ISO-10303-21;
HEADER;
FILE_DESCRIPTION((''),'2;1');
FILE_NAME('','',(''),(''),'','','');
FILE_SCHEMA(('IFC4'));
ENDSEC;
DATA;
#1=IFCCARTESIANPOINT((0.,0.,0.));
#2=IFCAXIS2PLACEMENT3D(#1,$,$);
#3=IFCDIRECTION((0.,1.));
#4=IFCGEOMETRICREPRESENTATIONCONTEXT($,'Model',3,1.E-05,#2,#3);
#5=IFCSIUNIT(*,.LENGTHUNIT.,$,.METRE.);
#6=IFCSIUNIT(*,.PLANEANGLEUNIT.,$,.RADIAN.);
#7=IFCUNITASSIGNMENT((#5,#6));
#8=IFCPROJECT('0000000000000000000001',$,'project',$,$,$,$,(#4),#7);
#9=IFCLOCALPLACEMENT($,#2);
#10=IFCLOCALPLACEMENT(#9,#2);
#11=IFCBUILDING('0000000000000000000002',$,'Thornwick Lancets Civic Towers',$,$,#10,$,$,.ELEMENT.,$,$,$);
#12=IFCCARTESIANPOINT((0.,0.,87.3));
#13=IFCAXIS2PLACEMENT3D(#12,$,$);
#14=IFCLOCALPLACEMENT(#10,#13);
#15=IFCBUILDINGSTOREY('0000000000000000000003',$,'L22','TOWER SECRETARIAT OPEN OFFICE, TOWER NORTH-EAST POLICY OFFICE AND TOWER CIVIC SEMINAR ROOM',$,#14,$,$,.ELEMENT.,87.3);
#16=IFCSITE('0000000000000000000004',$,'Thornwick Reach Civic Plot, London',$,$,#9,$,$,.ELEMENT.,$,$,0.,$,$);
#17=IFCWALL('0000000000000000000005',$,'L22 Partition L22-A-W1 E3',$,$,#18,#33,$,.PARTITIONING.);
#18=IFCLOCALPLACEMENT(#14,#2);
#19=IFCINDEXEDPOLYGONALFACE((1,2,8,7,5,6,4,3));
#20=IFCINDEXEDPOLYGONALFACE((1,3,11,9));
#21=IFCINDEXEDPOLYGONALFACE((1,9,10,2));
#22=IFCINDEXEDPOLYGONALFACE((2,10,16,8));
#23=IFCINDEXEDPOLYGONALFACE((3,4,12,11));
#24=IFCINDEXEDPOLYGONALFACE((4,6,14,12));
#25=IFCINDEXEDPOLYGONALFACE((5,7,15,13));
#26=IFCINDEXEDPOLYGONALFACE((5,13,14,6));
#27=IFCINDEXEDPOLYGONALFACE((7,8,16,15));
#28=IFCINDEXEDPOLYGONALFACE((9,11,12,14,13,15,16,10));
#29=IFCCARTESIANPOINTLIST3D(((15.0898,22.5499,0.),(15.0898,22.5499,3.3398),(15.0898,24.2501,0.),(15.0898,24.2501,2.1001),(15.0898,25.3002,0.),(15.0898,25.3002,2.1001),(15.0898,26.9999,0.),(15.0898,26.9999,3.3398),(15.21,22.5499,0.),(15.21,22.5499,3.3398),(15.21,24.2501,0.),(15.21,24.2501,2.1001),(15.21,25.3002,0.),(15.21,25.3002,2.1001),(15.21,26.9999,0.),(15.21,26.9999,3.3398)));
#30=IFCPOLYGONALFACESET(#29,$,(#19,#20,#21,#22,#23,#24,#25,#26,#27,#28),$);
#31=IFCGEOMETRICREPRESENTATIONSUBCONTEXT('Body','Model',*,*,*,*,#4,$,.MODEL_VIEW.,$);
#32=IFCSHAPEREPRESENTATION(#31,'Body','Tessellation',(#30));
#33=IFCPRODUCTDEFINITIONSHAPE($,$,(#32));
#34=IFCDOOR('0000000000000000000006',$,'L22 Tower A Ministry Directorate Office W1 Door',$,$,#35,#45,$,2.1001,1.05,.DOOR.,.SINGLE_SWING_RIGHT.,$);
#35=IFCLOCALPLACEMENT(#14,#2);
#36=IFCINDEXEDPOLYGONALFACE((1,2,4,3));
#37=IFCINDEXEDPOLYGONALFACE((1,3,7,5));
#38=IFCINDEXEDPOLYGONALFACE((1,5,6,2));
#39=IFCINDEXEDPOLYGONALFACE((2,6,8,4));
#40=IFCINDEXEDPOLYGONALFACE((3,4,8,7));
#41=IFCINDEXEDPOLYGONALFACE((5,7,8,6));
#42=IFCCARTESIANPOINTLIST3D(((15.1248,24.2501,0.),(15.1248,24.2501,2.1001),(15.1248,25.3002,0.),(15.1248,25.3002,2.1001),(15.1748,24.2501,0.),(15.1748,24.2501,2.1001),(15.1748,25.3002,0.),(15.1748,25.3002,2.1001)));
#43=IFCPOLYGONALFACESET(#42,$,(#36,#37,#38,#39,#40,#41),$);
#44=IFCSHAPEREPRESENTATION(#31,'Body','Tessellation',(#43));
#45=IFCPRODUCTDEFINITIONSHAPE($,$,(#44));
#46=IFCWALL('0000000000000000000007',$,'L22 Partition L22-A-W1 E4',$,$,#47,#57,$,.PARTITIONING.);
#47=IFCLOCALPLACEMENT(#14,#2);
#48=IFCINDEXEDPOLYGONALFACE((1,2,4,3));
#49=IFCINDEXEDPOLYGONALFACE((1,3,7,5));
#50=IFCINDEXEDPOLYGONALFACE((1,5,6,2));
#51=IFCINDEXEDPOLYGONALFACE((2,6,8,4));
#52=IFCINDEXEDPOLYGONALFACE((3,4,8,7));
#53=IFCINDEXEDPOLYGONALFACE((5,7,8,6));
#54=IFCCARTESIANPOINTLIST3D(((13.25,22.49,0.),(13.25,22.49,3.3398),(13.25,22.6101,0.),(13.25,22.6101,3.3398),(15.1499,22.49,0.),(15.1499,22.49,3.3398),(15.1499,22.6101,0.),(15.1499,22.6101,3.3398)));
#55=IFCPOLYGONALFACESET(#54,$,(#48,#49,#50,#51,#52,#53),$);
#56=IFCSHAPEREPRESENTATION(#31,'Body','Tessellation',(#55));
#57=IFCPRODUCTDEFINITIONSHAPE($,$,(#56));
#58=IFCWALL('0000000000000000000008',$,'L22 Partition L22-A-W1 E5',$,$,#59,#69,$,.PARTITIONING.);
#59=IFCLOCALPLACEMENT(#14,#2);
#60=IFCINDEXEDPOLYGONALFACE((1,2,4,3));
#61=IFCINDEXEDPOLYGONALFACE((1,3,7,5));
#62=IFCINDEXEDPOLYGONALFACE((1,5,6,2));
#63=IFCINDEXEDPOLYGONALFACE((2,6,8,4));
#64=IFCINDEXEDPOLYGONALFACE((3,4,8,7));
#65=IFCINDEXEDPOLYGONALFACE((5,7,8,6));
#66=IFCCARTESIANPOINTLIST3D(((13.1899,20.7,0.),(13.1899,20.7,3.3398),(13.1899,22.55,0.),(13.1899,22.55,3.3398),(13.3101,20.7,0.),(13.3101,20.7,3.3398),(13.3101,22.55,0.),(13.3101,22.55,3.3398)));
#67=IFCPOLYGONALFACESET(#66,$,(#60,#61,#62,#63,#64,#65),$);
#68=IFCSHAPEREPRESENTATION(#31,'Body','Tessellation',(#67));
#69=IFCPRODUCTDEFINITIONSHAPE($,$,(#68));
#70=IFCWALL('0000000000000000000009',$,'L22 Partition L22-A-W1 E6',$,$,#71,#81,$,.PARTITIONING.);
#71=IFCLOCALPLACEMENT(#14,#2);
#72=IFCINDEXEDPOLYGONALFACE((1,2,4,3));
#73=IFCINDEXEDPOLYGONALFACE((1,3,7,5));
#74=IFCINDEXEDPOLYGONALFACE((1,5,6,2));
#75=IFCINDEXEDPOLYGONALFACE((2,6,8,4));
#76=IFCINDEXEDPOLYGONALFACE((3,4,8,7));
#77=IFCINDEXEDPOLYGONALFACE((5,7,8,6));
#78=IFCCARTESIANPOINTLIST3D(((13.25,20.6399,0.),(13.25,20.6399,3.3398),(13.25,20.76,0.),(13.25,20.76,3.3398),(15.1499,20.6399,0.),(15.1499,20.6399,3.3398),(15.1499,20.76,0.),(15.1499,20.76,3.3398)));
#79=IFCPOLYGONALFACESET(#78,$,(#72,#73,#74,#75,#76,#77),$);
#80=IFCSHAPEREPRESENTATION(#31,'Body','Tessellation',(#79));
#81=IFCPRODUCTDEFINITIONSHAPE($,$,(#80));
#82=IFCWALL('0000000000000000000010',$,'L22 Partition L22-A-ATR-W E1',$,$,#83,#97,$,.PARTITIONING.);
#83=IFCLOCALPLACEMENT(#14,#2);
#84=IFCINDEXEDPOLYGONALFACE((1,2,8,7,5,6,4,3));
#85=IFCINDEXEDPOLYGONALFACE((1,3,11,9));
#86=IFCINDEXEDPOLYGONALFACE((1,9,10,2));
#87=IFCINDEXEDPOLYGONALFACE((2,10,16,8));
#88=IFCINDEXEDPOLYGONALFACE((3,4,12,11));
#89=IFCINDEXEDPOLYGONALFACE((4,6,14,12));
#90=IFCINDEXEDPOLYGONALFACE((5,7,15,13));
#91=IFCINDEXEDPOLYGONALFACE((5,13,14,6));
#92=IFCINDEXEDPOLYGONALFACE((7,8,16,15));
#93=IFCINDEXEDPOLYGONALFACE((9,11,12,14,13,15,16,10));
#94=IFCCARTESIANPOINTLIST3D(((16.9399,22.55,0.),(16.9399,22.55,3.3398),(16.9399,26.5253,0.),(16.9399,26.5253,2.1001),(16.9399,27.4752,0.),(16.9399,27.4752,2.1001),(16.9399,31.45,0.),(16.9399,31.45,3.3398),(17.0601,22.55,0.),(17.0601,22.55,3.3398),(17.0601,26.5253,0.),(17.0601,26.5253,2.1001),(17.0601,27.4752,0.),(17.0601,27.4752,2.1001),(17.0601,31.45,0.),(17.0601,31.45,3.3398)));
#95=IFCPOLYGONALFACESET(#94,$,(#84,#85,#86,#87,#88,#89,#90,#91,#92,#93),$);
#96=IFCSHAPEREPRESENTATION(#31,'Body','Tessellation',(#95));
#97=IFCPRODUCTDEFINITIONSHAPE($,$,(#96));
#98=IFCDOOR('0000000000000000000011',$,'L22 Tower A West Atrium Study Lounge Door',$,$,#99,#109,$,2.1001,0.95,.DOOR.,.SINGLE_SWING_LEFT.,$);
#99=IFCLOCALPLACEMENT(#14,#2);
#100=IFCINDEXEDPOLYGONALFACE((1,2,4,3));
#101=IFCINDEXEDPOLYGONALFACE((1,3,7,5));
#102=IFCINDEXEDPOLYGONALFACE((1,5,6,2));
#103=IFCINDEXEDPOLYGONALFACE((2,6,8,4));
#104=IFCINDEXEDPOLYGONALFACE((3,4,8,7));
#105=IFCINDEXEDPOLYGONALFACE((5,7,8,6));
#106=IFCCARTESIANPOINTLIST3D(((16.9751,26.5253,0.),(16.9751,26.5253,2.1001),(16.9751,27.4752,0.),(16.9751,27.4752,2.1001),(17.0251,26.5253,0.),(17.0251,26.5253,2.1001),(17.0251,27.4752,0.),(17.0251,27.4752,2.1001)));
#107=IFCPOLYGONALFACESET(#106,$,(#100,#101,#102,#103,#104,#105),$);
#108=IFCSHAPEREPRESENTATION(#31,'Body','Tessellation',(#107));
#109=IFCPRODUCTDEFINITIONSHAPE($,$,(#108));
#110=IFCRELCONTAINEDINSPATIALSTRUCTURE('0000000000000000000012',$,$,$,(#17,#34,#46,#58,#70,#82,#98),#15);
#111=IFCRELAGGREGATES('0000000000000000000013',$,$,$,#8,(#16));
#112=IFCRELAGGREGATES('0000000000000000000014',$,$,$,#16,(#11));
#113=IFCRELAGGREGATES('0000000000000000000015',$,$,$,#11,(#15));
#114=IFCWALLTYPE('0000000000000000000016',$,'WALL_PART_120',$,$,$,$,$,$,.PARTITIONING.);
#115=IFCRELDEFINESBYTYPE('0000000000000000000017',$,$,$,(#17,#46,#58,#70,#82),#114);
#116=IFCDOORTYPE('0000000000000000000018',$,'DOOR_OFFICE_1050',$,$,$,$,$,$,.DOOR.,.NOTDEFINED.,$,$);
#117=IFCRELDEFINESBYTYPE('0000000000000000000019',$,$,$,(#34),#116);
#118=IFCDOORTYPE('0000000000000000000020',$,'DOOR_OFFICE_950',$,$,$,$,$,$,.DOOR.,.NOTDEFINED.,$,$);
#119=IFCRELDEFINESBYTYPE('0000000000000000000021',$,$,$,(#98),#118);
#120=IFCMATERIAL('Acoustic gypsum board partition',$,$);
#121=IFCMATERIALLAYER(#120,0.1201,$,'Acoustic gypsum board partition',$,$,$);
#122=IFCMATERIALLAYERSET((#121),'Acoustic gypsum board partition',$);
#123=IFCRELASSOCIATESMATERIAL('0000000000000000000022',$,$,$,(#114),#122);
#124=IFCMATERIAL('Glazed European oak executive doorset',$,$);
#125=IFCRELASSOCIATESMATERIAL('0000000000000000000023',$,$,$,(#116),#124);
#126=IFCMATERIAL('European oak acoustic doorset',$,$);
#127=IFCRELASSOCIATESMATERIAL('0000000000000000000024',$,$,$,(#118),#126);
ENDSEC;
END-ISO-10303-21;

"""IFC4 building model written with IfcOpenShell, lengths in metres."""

from ifc_helpers import new_model, si_unit, direction, frame, frame_2d, origin, place, context, subcontext, project, spatial, rectangle, extrude, material, layer, layer_set, type_object, element, fill, save


model = new_model("IFC4")

# Units and contexts
model_context = context("Model", 3, precision=1e-05, world=origin(), true_north=direction((0.0, 1.0)))
body_context = subcontext(model_context, "Body", "Model", "MODEL_VIEW")
ifc_project = project(units=[si_unit("LENGTHUNIT", "METRE"), si_unit("PLANEANGLEUNIT", "RADIAN")], contexts=[model_context])

# Site, building, storey
site_placement = place(None, origin())
site = spatial("IfcSite", under=ifc_project, at=site_placement, Name="Thornwick Reach Civic Plot, London", CompositionType="ELEMENT", RefElevation=0.0)
building_placement = place(site_placement, origin())
building = spatial("IfcBuilding", under=site, at=building_placement, Name="Thornwick Lancets Civic Towers", CompositionType="ELEMENT")
storey_placement = place(building_placement, frame((0.0, 0.0, 87.3)))
storey = spatial("IfcBuildingStorey", under=building, at=storey_placement, Name="L22", Description="TOWER SECRETARIAT OPEN OFFICE, TOWER NORTH-EAST POLICY OFFICE AND TOWER CIVIC SEMINAR ROOM", CompositionType="ELEMENT", Elevation=87.3)

# Shared definitions
ifc_material_1 = material(Name="Acoustic gypsum board partition")
ifc_layer_1 = layer(ifc_material_1, 0.1201, Name="Acoustic gypsum board partition")
ifc_layer_set_1 = layer_set([ifc_layer_1], Name="Acoustic gypsum board partition")
wall_type_1 = type_object("IfcWallType", Name="WALL_PART_120", PredefinedType="PARTITIONING", material=ifc_layer_set_1)

# Wall, opening, door
wall_1_placement = place(storey_placement, frame((15.1499, 27.0, 0.0), z_axis=(0.0, 0.0, 1.0), x_axis=(0.0, -1.0, 0.0)))
wall_1 = element("IfcWall", 1, at=wall_1_placement, inside=storey, type_object=wall_type_1, Name="L22 Partition L22-A-W1 E3", PredefinedType="PARTITIONING", context=body_context, shape_type="SweptSolid", body=[
    extrude(rectangle(XDim=4.45, YDim=0.1201, at=frame_2d((2.2251, 0.0))), origin(), (0.0, 0.0, 1.0), 3.3398),
])
opening_1_placement = place(wall_1_placement, frame((1.7, 0.0, 0.0)))
opening_1 = element("IfcOpeningElement", 2, at=opening_1_placement, cuts=wall_1, PredefinedType="OPENING", context=body_context, shape_type="SweptSolid", body=[
    extrude(rectangle(XDim=1.05, YDim=2.1001, at=frame_2d((0.5249, 1.05))), frame((0.0, 0.0701, 0.0), z_axis=(0.0, -1.0, 0.0), x_axis=(1.0, 0.0, 0.0)), (0.0, 0.0, 1.0), 0.1401),
])
ifc_material_2 = material(Name="Glazed European oak executive doorset")
door_type_1 = type_object("IfcDoorType", Name="DOOR_OFFICE_1050", OperationType="NOTDEFINED", PredefinedType="DOOR", material=ifc_material_2)
door_1_placement = place(opening_1_placement, origin())
door_1 = element("IfcDoor", 3, at=door_1_placement, inside=storey, type_object=door_type_1, Name="L22 Tower A Ministry Directorate Office W1 Door", OperationType="SINGLE_SWING_RIGHT", OverallHeight=2.1001, OverallWidth=1.05, PredefinedType="DOOR", context=body_context, shape_type="SweptSolid", body=[
    extrude(rectangle(XDim=1.05, YDim=2.1001, at=frame_2d((0.5249, 1.05))), frame((0.0, 0.0249, 0.0), z_axis=(0.0, -1.0, 0.0), x_axis=(1.0, 0.0, 0.0)), (0.0, 0.0, 1.0), 0.05),
])
fill(opening_1, door_1)

# Walls
wall_2_placement = place(storey_placement, frame((15.1499, 22.55, 0.0), z_axis=(0.0, 0.0, 1.0), x_axis=(-1.0, 0.0, 0.0)))
element("IfcWall", 4, at=wall_2_placement, inside=storey, type_object=wall_type_1, Name="L22 Partition L22-A-W1 E4", PredefinedType="PARTITIONING", context=body_context, shape_type="SweptSolid", body=[
    extrude(rectangle(XDim=1.8999, YDim=0.1201, at=frame_2d((0.95, 0.0))), origin(), (0.0, 0.0, 1.0), 3.3398),
])
wall_3_placement = place(storey_placement, frame((13.25, 22.55, 0.0), z_axis=(0.0, 0.0, 1.0), x_axis=(0.0, -1.0, 0.0)))
element("IfcWall", 5, at=wall_3_placement, inside=storey, type_object=wall_type_1, Name="L22 Partition L22-A-W1 E5", PredefinedType="PARTITIONING", context=body_context, shape_type="SweptSolid", body=[
    extrude(rectangle(XDim=1.8501, YDim=0.1201, at=frame_2d((0.925, 0.0))), origin(), (0.0, 0.0, 1.0), 3.3398),
])
wall_4_placement = place(storey_placement, frame((13.25, 20.7, 0.0), z_axis=(0.0, 0.0, 1.0), x_axis=(1.0, 0.0, 0.0)))
element("IfcWall", 6, at=wall_4_placement, inside=storey, type_object=wall_type_1, Name="L22 Partition L22-A-W1 E6", PredefinedType="PARTITIONING", context=body_context, shape_type="SweptSolid", body=[
    extrude(rectangle(XDim=1.8999, YDim=0.1201, at=frame_2d((0.95, 0.0))), origin(), (0.0, 0.0, 1.0), 3.3398),
])

# Wall, opening, door
wall_5_placement = place(storey_placement, frame((17.0, 22.55, 0.0), z_axis=(0.0, 0.0, 1.0), x_axis=(0.0, 1.0, 0.0)))
wall_5 = element("IfcWall", 7, at=wall_5_placement, inside=storey, type_object=wall_type_1, Name="L22 Partition L22-A-ATR-W E1", PredefinedType="PARTITIONING", context=body_context, shape_type="SweptSolid", body=[
    extrude(rectangle(XDim=8.8999, YDim=0.1201, at=frame_2d((4.45, 0.0))), origin(), (0.0, 0.0, 1.0), 3.3398),
])
opening_2_placement = place(wall_5_placement, frame((3.9751, 0.0, 0.0)))
opening_2 = element("IfcOpeningElement", 8, at=opening_2_placement, cuts=wall_5, PredefinedType="OPENING", context=body_context, shape_type="SweptSolid", body=[
    extrude(rectangle(XDim=0.95, YDim=2.1001, at=frame_2d((0.4751, 1.05))), frame((0.0, 0.0701, 0.0), z_axis=(0.0, -1.0, 0.0), x_axis=(1.0, 0.0, 0.0)), (0.0, 0.0, 1.0), 0.1401),
])
ifc_material_3 = material(Name="European oak acoustic doorset")
door_type_2 = type_object("IfcDoorType", Name="DOOR_OFFICE_950", OperationType="NOTDEFINED", PredefinedType="DOOR", material=ifc_material_3)
door_2_placement = place(opening_2_placement, origin())
door_2 = element("IfcDoor", 9, at=door_2_placement, inside=storey, type_object=door_type_2, Name="L22 Tower A West Atrium Study Lounge Door", OperationType="SINGLE_SWING_LEFT", OverallHeight=2.1001, OverallWidth=0.95, PredefinedType="DOOR", context=body_context, shape_type="SweptSolid", body=[
    extrude(rectangle(XDim=0.95, YDim=2.1001, at=frame_2d((0.4751, 1.05))), frame((0.0, 0.0249, 0.0), z_axis=(0.0, -1.0, 0.0), x_axis=(1.0, 0.0, 0.0)), (0.0, 0.0, 1.0), 0.05),
])
fill(opening_2, door_2)

save(model, "model.ifc")
